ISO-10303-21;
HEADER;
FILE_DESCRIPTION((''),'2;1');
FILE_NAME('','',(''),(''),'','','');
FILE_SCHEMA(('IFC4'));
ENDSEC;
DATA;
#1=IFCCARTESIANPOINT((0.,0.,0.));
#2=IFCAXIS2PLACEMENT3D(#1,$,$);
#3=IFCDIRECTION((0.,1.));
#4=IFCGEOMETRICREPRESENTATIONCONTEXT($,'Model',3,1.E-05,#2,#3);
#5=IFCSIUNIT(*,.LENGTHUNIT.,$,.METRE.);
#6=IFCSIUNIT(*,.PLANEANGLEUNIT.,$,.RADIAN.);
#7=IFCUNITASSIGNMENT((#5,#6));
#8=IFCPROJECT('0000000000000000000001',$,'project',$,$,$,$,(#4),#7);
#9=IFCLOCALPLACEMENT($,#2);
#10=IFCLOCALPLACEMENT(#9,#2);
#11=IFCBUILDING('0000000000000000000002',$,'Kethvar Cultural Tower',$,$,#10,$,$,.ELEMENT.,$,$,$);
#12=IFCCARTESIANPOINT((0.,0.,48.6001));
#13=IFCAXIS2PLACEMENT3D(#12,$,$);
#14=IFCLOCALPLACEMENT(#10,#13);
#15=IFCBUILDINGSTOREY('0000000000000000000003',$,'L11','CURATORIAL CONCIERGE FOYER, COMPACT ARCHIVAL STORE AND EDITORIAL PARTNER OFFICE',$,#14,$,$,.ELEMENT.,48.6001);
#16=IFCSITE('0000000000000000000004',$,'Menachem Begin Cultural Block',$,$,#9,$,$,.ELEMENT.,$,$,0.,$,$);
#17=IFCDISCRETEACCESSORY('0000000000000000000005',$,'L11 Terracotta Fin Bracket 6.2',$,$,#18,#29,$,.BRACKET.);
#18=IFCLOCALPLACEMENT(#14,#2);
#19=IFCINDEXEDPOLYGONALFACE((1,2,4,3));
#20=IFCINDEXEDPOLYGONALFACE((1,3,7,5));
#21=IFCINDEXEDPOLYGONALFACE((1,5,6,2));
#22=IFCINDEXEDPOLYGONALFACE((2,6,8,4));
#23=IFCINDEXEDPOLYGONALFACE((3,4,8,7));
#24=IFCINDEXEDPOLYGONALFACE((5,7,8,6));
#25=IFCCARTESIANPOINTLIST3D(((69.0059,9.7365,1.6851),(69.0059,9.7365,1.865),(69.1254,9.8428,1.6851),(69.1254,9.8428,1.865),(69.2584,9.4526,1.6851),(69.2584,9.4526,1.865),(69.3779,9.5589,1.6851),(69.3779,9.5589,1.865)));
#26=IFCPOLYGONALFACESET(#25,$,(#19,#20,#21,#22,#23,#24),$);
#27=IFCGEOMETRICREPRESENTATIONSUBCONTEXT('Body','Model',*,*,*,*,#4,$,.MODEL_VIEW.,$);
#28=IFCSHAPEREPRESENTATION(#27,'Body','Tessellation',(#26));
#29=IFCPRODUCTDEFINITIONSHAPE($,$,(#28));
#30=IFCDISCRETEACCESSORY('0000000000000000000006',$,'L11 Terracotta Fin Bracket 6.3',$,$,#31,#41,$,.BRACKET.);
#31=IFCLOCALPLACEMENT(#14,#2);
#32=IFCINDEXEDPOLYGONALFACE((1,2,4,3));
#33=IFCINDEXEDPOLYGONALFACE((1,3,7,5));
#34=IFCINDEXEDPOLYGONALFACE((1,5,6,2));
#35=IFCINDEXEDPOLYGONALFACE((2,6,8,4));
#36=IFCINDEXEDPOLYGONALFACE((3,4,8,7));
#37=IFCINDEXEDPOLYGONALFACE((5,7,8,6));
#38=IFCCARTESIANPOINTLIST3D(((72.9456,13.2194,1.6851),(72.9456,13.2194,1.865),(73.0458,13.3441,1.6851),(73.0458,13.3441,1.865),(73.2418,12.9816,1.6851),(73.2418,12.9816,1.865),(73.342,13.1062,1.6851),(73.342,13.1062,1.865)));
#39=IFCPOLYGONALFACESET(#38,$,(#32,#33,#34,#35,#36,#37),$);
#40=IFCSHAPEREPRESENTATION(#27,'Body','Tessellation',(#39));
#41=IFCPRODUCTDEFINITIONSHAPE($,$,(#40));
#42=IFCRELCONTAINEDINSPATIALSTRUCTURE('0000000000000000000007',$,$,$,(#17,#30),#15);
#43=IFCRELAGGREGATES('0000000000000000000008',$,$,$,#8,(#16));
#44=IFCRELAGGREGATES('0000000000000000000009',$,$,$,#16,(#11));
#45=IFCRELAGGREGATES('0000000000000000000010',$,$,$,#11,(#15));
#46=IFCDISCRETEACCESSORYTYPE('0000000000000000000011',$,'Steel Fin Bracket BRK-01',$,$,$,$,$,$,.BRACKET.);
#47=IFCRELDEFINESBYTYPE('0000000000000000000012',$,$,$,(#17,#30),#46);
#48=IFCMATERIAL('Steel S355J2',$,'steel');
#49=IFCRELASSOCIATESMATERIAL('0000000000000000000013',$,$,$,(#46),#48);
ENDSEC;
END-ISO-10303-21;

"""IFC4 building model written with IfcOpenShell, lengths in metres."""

from ifc_helpers import new_model, si_unit, direction, frame, origin, origin_2d, place, context, subcontext, project, spatial, rectangle, extrude, source, transform, mapped, material, type_object, element, save


model = new_model("IFC4")

# Units and contexts
model_context = context("Model", 3, precision=1e-05, world=origin(), true_north=direction((0.0, 1.0)))
body_context = subcontext(model_context, "Body", "Model", "MODEL_VIEW")
ifc_project = project(units=[si_unit("LENGTHUNIT", "METRE"), si_unit("PLANEANGLEUNIT", "RADIAN")], contexts=[model_context])

# Site, building, storey
site_placement = place(None, origin())
site = spatial("IfcSite", under=ifc_project, at=site_placement, Name="Menachem Begin Cultural Block", CompositionType="ELEMENT", RefElevation=0.0)
building_placement = place(site_placement, origin())
building = spatial("IfcBuilding", under=site, at=building_placement, Name="Kethvar Cultural Tower", CompositionType="ELEMENT")
storey_placement = place(building_placement, frame((0.0, 0.0, 48.6001)))
storey = spatial("IfcBuildingStorey", under=building, at=storey_placement, Name="L11", Description="CURATORIAL CONCIERGE FOYER, COMPACT ARCHIVAL STORE AND EDITORIAL PARTNER OFFICE", CompositionType="ELEMENT", Elevation=48.6001)

# Shared definitions
ifc_material_1 = material(Name="Steel S355J2", Category="steel")

# Discrete accessories
discrete_accessory_type = type_object("IfcDiscreteAccessoryType", Name="Steel Fin Bracket BRK-01", PredefinedType="BRACKET", material=ifc_material_1)
shared_shape_1 = source(origin(), body_context, "Body", "SweptSolid", [
    extrude(rectangle(XDim=0.3799, YDim=0.1599, at=origin_2d()), origin(), (0.0, 0.0, 1.0), 0.1799),
])
for number, where, z_axis, x_axis, name in (
    (1, (69.1919, 9.6477, 1.6851), (0.0, 0.0, 1.0), (0.664579, -0.747218, 0.0), "L11 Terracotta Fin Bracket 6.2"),
    (2, (73.1438, 13.1628, 1.6851), (0.0, 0.0, 1.0), (0.779666, -0.626196, 0.0), "L11 Terracotta Fin Bracket 6.3"),
):
    element("IfcDiscreteAccessory", number, at=place(storey_placement, frame(where, z_axis=z_axis, x_axis=x_axis)), inside=storey, type_object=discrete_accessory_type, Name=name, PredefinedType="BRACKET", context=body_context, shape_type="MappedRepresentation", body=[
        mapped(shared_shape_1, transform((0.0, 0.0, 0.0), scale=1.0)),
    ])

save(model, "model.ifc")
